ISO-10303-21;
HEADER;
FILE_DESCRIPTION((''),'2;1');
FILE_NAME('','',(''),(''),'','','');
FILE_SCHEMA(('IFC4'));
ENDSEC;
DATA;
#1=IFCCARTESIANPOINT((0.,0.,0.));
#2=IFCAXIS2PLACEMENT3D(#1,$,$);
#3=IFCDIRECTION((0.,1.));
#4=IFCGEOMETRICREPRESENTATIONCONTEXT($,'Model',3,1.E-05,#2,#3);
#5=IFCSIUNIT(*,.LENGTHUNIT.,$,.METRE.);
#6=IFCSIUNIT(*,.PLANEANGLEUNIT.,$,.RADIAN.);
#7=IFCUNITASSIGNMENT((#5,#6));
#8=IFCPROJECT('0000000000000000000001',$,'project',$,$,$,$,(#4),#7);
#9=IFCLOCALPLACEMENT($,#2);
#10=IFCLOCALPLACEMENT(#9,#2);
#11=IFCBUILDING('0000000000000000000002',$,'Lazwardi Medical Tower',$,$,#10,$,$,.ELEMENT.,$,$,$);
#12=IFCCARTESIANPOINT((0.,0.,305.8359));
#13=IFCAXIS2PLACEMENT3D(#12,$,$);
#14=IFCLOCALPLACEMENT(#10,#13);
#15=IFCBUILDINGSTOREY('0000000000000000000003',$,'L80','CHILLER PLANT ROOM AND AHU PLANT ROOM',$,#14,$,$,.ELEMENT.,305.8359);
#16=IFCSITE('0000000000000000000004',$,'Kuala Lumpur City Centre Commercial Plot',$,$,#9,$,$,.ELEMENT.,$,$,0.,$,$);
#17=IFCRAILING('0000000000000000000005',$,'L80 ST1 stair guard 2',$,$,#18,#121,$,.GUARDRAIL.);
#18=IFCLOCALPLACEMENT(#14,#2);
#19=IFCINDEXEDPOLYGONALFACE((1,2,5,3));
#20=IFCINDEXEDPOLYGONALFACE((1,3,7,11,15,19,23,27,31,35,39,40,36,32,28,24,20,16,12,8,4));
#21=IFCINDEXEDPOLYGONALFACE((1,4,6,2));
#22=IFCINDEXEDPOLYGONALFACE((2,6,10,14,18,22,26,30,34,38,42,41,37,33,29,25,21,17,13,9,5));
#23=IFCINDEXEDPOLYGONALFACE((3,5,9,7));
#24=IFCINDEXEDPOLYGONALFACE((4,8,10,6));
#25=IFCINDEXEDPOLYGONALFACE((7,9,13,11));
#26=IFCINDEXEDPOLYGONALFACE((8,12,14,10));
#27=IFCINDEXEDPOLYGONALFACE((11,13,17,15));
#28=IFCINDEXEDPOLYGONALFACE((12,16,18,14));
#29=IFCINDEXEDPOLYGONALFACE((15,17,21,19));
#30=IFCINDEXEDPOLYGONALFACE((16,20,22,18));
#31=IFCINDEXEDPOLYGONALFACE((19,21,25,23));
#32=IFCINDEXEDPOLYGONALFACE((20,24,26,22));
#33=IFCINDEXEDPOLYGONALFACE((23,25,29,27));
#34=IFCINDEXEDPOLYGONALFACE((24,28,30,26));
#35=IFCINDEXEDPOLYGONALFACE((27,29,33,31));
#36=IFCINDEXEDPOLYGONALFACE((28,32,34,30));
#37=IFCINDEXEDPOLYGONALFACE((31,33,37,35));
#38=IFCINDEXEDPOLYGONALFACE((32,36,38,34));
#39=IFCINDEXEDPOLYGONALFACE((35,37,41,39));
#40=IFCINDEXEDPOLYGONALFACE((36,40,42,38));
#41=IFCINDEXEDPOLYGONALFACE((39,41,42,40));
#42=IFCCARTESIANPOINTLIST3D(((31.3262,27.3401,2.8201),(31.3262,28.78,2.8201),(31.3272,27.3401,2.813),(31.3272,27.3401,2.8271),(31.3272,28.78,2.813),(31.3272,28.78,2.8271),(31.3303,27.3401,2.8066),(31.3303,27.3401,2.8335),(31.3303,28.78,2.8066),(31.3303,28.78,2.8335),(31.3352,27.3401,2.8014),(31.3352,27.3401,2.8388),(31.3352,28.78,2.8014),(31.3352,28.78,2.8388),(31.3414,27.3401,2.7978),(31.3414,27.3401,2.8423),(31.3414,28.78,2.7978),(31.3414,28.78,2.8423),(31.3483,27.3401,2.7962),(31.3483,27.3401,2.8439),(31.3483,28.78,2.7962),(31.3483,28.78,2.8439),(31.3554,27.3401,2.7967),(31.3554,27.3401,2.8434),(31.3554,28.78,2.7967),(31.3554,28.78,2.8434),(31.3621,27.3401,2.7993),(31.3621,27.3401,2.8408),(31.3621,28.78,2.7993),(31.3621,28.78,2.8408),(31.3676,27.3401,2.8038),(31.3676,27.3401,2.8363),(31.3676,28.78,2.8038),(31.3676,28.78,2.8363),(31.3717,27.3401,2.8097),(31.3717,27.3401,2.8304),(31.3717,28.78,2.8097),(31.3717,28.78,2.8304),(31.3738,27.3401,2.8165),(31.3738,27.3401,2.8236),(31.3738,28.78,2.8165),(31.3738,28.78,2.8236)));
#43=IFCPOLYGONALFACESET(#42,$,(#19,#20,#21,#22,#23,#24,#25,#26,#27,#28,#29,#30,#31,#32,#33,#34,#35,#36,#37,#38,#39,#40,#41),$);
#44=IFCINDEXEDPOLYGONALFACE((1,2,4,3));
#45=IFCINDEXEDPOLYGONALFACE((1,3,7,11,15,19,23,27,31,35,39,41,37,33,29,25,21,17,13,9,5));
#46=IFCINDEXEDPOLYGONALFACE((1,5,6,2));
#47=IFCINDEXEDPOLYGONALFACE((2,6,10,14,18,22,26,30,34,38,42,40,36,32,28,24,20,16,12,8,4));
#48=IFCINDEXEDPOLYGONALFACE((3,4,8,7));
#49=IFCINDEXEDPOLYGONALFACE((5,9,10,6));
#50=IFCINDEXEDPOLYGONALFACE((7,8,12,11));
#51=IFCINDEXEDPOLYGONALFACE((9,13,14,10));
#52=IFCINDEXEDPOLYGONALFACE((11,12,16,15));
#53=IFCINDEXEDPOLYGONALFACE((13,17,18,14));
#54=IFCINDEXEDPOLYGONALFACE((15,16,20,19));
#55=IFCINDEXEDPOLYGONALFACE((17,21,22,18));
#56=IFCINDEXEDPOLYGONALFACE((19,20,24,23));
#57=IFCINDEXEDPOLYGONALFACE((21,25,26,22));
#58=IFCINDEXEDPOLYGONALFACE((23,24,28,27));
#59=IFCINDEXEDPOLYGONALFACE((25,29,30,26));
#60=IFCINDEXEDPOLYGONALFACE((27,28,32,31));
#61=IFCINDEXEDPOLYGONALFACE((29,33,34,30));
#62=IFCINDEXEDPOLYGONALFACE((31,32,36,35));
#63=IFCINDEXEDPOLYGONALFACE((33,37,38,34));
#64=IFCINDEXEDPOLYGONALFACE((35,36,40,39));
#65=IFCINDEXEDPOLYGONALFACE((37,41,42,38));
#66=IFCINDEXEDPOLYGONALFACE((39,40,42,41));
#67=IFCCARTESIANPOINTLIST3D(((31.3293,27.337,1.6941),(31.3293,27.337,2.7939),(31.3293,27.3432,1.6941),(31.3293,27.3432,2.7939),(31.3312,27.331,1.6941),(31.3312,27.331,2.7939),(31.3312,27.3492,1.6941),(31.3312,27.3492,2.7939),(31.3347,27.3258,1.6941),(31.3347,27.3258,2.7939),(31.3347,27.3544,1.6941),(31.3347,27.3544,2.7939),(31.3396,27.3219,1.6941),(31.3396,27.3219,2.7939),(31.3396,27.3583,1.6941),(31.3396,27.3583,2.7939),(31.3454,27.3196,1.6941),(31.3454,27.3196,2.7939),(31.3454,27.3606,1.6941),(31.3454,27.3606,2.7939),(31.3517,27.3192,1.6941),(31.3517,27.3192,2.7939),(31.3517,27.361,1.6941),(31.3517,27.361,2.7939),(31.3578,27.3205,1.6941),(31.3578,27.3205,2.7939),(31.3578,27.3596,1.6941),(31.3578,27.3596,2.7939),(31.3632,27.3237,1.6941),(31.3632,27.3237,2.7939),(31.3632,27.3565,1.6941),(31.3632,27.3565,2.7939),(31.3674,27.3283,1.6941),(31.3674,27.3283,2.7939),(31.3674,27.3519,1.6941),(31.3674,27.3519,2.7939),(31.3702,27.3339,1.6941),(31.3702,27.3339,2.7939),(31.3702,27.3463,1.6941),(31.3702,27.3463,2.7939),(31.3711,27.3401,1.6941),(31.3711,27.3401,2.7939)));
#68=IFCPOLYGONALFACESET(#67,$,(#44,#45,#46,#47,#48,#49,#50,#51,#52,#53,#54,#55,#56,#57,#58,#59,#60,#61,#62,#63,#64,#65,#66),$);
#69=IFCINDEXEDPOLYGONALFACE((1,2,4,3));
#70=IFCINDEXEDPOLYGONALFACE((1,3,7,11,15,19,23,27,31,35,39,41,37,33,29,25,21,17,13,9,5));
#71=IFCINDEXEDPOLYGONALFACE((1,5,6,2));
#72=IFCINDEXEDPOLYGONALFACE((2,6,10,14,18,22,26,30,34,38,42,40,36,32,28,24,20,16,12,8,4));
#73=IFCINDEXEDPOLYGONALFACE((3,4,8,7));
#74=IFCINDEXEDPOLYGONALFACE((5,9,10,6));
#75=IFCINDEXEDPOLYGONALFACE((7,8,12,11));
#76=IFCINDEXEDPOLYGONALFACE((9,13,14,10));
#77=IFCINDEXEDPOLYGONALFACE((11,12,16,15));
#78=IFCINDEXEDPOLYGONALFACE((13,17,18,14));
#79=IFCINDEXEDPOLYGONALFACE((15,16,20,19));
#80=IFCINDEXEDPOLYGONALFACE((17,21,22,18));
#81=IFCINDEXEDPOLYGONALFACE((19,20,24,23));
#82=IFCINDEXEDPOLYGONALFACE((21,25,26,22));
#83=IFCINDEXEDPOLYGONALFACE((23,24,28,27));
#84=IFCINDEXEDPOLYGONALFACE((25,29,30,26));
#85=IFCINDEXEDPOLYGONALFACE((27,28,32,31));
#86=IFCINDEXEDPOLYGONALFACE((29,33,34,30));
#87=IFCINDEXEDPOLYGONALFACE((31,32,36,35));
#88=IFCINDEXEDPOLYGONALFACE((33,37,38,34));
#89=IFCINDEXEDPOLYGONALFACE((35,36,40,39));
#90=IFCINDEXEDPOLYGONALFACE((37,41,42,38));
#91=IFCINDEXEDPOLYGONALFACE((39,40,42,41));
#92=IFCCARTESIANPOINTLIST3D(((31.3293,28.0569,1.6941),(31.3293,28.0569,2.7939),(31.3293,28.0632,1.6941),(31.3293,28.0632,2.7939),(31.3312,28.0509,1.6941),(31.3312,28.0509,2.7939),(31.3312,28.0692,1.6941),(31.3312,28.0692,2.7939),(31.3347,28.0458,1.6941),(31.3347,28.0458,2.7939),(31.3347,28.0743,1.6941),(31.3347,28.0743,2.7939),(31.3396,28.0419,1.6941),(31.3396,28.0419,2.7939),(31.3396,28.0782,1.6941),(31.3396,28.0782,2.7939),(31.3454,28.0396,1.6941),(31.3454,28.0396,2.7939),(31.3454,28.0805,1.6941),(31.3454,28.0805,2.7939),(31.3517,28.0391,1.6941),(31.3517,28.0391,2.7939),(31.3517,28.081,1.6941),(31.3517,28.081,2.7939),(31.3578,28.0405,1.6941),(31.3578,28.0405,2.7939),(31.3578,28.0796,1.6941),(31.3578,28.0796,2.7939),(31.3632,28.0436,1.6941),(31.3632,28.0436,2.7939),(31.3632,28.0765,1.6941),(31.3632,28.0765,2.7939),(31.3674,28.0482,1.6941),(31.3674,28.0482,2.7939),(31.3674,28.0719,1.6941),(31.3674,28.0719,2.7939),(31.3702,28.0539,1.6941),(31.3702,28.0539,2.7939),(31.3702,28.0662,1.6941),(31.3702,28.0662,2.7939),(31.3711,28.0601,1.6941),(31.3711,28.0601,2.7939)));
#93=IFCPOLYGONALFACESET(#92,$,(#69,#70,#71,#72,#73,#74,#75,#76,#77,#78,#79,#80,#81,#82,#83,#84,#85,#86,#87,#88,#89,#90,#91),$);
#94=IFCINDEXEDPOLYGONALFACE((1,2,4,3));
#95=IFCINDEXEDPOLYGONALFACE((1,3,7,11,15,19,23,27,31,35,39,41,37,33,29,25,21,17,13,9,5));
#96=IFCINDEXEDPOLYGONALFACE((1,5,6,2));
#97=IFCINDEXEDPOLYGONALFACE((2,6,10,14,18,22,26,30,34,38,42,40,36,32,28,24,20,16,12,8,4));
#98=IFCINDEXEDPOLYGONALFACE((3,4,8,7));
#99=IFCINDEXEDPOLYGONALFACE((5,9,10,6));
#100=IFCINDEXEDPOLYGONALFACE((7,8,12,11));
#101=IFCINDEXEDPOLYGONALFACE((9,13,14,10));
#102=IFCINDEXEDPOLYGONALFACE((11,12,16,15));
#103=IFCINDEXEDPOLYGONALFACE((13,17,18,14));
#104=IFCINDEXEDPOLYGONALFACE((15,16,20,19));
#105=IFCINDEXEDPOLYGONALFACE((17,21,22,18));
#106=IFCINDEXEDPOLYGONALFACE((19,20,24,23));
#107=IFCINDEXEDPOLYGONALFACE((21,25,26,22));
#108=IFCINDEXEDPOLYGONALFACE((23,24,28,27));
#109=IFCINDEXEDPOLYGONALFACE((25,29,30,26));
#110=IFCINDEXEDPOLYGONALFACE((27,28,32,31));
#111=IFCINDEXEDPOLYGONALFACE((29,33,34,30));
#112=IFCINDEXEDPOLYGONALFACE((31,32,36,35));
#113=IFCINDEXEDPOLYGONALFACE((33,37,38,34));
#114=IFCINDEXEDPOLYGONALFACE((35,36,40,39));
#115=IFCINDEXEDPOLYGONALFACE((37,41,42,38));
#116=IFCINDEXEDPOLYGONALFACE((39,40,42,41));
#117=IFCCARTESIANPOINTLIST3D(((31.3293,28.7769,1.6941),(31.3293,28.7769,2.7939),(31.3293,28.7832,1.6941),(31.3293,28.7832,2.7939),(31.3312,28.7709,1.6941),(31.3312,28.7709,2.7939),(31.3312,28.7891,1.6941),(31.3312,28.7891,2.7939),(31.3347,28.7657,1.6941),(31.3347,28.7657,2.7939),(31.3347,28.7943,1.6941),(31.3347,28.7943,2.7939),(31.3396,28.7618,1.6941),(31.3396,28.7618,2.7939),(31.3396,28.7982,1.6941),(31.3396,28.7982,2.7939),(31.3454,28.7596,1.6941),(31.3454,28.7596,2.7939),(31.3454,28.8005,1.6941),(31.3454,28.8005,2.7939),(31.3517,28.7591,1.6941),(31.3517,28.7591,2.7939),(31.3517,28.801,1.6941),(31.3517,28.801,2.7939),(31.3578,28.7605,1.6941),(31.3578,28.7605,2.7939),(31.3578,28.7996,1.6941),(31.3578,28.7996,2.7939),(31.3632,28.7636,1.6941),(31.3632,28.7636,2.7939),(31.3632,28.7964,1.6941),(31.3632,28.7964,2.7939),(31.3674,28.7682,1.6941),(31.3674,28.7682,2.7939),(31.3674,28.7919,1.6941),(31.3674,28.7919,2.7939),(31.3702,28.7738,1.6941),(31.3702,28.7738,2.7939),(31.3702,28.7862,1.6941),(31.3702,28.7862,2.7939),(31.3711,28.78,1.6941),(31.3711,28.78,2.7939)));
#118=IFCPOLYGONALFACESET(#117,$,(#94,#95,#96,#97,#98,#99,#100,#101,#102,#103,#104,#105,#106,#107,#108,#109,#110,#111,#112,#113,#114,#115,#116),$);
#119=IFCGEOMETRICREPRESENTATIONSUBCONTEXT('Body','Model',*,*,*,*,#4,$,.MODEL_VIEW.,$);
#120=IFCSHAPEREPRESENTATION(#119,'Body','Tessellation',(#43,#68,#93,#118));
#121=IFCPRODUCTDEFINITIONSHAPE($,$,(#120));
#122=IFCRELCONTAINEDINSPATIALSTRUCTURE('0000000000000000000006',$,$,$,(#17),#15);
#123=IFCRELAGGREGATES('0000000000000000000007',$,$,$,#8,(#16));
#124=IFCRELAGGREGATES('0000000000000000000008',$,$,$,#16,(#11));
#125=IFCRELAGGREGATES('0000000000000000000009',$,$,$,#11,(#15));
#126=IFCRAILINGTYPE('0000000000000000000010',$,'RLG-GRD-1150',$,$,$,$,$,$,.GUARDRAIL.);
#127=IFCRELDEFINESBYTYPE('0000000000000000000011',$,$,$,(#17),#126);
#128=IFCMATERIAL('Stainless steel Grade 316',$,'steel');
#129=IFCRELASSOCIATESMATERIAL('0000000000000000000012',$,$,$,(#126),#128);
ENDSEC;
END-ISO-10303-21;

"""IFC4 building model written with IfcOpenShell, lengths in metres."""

from ifc_helpers import new_model, si_unit, direction, frame, origin, origin_2d, place, context, subcontext, project, spatial, circle, extrude, material, type_object, element, save


model = new_model("IFC4")

# Units and contexts
model_context = context("Model", 3, precision=1e-05, world=origin(), true_north=direction((0.0, 1.0)))
body_context = subcontext(model_context, "Body", "Model", "MODEL_VIEW")
ifc_project = project(units=[si_unit("LENGTHUNIT", "METRE"), si_unit("PLANEANGLEUNIT", "RADIAN")], contexts=[model_context])

# Site, building, storey
site_placement = place(None, origin())
site = spatial("IfcSite", under=ifc_project, at=site_placement, Name="Kuala Lumpur City Centre Commercial Plot", CompositionType="ELEMENT", RefElevation=0.0)
building_placement = place(site_placement, origin())
building = spatial("IfcBuilding", under=site, at=building_placement, Name="Lazwardi Medical Tower", CompositionType="ELEMENT")
storey_placement = place(building_placement, frame((0.0, 0.0, 305.8359)))
storey = spatial("IfcBuildingStorey", under=building, at=storey_placement, Name="L80", Description="CHILLER PLANT ROOM AND AHU PLANT ROOM", CompositionType="ELEMENT", Elevation=305.8359)

# Railing
ifc_material_1 = material(Name="Stainless steel Grade 316", Category="steel")
railing_type_1 = type_object("IfcRailingType", Name="RLG-GRD-1150", PredefinedType="GUARDRAIL", material=ifc_material_1)
railing_1_placement = place(storey_placement, frame((31.3501, 27.3401, 1.6941)))
element("IfcRailing", 1, at=railing_1_placement, inside=storey, type_object=railing_type_1, Name="L80 ST1 stair guard 2", PredefinedType="GUARDRAIL", context=body_context, shape_type="SweptSolid", body=[
    extrude(circle(Radius=0.0239, at=origin_2d()), frame((0.0, 0.0, 1.126), z_axis=(0.0, 1.0, 0.0), x_axis=(-1.0, 0.0, 0.0)), (0.0, 0.0, 1.0), 1.4399),
    extrude(circle(Radius=0.021, at=origin_2d()), origin(), (0.0, 0.0, 1.0), 1.0999),
    extrude(circle(Radius=0.021, at=origin_2d()), frame((0.0, 0.72, 0.0)), (0.0, 0.0, 1.0), 1.0999),
    extrude(circle(Radius=0.021, at=origin_2d()), frame((0.0, 1.4399, 0.0)), (0.0, 0.0, 1.0), 1.0999),
])

save(model, "model.ifc")
